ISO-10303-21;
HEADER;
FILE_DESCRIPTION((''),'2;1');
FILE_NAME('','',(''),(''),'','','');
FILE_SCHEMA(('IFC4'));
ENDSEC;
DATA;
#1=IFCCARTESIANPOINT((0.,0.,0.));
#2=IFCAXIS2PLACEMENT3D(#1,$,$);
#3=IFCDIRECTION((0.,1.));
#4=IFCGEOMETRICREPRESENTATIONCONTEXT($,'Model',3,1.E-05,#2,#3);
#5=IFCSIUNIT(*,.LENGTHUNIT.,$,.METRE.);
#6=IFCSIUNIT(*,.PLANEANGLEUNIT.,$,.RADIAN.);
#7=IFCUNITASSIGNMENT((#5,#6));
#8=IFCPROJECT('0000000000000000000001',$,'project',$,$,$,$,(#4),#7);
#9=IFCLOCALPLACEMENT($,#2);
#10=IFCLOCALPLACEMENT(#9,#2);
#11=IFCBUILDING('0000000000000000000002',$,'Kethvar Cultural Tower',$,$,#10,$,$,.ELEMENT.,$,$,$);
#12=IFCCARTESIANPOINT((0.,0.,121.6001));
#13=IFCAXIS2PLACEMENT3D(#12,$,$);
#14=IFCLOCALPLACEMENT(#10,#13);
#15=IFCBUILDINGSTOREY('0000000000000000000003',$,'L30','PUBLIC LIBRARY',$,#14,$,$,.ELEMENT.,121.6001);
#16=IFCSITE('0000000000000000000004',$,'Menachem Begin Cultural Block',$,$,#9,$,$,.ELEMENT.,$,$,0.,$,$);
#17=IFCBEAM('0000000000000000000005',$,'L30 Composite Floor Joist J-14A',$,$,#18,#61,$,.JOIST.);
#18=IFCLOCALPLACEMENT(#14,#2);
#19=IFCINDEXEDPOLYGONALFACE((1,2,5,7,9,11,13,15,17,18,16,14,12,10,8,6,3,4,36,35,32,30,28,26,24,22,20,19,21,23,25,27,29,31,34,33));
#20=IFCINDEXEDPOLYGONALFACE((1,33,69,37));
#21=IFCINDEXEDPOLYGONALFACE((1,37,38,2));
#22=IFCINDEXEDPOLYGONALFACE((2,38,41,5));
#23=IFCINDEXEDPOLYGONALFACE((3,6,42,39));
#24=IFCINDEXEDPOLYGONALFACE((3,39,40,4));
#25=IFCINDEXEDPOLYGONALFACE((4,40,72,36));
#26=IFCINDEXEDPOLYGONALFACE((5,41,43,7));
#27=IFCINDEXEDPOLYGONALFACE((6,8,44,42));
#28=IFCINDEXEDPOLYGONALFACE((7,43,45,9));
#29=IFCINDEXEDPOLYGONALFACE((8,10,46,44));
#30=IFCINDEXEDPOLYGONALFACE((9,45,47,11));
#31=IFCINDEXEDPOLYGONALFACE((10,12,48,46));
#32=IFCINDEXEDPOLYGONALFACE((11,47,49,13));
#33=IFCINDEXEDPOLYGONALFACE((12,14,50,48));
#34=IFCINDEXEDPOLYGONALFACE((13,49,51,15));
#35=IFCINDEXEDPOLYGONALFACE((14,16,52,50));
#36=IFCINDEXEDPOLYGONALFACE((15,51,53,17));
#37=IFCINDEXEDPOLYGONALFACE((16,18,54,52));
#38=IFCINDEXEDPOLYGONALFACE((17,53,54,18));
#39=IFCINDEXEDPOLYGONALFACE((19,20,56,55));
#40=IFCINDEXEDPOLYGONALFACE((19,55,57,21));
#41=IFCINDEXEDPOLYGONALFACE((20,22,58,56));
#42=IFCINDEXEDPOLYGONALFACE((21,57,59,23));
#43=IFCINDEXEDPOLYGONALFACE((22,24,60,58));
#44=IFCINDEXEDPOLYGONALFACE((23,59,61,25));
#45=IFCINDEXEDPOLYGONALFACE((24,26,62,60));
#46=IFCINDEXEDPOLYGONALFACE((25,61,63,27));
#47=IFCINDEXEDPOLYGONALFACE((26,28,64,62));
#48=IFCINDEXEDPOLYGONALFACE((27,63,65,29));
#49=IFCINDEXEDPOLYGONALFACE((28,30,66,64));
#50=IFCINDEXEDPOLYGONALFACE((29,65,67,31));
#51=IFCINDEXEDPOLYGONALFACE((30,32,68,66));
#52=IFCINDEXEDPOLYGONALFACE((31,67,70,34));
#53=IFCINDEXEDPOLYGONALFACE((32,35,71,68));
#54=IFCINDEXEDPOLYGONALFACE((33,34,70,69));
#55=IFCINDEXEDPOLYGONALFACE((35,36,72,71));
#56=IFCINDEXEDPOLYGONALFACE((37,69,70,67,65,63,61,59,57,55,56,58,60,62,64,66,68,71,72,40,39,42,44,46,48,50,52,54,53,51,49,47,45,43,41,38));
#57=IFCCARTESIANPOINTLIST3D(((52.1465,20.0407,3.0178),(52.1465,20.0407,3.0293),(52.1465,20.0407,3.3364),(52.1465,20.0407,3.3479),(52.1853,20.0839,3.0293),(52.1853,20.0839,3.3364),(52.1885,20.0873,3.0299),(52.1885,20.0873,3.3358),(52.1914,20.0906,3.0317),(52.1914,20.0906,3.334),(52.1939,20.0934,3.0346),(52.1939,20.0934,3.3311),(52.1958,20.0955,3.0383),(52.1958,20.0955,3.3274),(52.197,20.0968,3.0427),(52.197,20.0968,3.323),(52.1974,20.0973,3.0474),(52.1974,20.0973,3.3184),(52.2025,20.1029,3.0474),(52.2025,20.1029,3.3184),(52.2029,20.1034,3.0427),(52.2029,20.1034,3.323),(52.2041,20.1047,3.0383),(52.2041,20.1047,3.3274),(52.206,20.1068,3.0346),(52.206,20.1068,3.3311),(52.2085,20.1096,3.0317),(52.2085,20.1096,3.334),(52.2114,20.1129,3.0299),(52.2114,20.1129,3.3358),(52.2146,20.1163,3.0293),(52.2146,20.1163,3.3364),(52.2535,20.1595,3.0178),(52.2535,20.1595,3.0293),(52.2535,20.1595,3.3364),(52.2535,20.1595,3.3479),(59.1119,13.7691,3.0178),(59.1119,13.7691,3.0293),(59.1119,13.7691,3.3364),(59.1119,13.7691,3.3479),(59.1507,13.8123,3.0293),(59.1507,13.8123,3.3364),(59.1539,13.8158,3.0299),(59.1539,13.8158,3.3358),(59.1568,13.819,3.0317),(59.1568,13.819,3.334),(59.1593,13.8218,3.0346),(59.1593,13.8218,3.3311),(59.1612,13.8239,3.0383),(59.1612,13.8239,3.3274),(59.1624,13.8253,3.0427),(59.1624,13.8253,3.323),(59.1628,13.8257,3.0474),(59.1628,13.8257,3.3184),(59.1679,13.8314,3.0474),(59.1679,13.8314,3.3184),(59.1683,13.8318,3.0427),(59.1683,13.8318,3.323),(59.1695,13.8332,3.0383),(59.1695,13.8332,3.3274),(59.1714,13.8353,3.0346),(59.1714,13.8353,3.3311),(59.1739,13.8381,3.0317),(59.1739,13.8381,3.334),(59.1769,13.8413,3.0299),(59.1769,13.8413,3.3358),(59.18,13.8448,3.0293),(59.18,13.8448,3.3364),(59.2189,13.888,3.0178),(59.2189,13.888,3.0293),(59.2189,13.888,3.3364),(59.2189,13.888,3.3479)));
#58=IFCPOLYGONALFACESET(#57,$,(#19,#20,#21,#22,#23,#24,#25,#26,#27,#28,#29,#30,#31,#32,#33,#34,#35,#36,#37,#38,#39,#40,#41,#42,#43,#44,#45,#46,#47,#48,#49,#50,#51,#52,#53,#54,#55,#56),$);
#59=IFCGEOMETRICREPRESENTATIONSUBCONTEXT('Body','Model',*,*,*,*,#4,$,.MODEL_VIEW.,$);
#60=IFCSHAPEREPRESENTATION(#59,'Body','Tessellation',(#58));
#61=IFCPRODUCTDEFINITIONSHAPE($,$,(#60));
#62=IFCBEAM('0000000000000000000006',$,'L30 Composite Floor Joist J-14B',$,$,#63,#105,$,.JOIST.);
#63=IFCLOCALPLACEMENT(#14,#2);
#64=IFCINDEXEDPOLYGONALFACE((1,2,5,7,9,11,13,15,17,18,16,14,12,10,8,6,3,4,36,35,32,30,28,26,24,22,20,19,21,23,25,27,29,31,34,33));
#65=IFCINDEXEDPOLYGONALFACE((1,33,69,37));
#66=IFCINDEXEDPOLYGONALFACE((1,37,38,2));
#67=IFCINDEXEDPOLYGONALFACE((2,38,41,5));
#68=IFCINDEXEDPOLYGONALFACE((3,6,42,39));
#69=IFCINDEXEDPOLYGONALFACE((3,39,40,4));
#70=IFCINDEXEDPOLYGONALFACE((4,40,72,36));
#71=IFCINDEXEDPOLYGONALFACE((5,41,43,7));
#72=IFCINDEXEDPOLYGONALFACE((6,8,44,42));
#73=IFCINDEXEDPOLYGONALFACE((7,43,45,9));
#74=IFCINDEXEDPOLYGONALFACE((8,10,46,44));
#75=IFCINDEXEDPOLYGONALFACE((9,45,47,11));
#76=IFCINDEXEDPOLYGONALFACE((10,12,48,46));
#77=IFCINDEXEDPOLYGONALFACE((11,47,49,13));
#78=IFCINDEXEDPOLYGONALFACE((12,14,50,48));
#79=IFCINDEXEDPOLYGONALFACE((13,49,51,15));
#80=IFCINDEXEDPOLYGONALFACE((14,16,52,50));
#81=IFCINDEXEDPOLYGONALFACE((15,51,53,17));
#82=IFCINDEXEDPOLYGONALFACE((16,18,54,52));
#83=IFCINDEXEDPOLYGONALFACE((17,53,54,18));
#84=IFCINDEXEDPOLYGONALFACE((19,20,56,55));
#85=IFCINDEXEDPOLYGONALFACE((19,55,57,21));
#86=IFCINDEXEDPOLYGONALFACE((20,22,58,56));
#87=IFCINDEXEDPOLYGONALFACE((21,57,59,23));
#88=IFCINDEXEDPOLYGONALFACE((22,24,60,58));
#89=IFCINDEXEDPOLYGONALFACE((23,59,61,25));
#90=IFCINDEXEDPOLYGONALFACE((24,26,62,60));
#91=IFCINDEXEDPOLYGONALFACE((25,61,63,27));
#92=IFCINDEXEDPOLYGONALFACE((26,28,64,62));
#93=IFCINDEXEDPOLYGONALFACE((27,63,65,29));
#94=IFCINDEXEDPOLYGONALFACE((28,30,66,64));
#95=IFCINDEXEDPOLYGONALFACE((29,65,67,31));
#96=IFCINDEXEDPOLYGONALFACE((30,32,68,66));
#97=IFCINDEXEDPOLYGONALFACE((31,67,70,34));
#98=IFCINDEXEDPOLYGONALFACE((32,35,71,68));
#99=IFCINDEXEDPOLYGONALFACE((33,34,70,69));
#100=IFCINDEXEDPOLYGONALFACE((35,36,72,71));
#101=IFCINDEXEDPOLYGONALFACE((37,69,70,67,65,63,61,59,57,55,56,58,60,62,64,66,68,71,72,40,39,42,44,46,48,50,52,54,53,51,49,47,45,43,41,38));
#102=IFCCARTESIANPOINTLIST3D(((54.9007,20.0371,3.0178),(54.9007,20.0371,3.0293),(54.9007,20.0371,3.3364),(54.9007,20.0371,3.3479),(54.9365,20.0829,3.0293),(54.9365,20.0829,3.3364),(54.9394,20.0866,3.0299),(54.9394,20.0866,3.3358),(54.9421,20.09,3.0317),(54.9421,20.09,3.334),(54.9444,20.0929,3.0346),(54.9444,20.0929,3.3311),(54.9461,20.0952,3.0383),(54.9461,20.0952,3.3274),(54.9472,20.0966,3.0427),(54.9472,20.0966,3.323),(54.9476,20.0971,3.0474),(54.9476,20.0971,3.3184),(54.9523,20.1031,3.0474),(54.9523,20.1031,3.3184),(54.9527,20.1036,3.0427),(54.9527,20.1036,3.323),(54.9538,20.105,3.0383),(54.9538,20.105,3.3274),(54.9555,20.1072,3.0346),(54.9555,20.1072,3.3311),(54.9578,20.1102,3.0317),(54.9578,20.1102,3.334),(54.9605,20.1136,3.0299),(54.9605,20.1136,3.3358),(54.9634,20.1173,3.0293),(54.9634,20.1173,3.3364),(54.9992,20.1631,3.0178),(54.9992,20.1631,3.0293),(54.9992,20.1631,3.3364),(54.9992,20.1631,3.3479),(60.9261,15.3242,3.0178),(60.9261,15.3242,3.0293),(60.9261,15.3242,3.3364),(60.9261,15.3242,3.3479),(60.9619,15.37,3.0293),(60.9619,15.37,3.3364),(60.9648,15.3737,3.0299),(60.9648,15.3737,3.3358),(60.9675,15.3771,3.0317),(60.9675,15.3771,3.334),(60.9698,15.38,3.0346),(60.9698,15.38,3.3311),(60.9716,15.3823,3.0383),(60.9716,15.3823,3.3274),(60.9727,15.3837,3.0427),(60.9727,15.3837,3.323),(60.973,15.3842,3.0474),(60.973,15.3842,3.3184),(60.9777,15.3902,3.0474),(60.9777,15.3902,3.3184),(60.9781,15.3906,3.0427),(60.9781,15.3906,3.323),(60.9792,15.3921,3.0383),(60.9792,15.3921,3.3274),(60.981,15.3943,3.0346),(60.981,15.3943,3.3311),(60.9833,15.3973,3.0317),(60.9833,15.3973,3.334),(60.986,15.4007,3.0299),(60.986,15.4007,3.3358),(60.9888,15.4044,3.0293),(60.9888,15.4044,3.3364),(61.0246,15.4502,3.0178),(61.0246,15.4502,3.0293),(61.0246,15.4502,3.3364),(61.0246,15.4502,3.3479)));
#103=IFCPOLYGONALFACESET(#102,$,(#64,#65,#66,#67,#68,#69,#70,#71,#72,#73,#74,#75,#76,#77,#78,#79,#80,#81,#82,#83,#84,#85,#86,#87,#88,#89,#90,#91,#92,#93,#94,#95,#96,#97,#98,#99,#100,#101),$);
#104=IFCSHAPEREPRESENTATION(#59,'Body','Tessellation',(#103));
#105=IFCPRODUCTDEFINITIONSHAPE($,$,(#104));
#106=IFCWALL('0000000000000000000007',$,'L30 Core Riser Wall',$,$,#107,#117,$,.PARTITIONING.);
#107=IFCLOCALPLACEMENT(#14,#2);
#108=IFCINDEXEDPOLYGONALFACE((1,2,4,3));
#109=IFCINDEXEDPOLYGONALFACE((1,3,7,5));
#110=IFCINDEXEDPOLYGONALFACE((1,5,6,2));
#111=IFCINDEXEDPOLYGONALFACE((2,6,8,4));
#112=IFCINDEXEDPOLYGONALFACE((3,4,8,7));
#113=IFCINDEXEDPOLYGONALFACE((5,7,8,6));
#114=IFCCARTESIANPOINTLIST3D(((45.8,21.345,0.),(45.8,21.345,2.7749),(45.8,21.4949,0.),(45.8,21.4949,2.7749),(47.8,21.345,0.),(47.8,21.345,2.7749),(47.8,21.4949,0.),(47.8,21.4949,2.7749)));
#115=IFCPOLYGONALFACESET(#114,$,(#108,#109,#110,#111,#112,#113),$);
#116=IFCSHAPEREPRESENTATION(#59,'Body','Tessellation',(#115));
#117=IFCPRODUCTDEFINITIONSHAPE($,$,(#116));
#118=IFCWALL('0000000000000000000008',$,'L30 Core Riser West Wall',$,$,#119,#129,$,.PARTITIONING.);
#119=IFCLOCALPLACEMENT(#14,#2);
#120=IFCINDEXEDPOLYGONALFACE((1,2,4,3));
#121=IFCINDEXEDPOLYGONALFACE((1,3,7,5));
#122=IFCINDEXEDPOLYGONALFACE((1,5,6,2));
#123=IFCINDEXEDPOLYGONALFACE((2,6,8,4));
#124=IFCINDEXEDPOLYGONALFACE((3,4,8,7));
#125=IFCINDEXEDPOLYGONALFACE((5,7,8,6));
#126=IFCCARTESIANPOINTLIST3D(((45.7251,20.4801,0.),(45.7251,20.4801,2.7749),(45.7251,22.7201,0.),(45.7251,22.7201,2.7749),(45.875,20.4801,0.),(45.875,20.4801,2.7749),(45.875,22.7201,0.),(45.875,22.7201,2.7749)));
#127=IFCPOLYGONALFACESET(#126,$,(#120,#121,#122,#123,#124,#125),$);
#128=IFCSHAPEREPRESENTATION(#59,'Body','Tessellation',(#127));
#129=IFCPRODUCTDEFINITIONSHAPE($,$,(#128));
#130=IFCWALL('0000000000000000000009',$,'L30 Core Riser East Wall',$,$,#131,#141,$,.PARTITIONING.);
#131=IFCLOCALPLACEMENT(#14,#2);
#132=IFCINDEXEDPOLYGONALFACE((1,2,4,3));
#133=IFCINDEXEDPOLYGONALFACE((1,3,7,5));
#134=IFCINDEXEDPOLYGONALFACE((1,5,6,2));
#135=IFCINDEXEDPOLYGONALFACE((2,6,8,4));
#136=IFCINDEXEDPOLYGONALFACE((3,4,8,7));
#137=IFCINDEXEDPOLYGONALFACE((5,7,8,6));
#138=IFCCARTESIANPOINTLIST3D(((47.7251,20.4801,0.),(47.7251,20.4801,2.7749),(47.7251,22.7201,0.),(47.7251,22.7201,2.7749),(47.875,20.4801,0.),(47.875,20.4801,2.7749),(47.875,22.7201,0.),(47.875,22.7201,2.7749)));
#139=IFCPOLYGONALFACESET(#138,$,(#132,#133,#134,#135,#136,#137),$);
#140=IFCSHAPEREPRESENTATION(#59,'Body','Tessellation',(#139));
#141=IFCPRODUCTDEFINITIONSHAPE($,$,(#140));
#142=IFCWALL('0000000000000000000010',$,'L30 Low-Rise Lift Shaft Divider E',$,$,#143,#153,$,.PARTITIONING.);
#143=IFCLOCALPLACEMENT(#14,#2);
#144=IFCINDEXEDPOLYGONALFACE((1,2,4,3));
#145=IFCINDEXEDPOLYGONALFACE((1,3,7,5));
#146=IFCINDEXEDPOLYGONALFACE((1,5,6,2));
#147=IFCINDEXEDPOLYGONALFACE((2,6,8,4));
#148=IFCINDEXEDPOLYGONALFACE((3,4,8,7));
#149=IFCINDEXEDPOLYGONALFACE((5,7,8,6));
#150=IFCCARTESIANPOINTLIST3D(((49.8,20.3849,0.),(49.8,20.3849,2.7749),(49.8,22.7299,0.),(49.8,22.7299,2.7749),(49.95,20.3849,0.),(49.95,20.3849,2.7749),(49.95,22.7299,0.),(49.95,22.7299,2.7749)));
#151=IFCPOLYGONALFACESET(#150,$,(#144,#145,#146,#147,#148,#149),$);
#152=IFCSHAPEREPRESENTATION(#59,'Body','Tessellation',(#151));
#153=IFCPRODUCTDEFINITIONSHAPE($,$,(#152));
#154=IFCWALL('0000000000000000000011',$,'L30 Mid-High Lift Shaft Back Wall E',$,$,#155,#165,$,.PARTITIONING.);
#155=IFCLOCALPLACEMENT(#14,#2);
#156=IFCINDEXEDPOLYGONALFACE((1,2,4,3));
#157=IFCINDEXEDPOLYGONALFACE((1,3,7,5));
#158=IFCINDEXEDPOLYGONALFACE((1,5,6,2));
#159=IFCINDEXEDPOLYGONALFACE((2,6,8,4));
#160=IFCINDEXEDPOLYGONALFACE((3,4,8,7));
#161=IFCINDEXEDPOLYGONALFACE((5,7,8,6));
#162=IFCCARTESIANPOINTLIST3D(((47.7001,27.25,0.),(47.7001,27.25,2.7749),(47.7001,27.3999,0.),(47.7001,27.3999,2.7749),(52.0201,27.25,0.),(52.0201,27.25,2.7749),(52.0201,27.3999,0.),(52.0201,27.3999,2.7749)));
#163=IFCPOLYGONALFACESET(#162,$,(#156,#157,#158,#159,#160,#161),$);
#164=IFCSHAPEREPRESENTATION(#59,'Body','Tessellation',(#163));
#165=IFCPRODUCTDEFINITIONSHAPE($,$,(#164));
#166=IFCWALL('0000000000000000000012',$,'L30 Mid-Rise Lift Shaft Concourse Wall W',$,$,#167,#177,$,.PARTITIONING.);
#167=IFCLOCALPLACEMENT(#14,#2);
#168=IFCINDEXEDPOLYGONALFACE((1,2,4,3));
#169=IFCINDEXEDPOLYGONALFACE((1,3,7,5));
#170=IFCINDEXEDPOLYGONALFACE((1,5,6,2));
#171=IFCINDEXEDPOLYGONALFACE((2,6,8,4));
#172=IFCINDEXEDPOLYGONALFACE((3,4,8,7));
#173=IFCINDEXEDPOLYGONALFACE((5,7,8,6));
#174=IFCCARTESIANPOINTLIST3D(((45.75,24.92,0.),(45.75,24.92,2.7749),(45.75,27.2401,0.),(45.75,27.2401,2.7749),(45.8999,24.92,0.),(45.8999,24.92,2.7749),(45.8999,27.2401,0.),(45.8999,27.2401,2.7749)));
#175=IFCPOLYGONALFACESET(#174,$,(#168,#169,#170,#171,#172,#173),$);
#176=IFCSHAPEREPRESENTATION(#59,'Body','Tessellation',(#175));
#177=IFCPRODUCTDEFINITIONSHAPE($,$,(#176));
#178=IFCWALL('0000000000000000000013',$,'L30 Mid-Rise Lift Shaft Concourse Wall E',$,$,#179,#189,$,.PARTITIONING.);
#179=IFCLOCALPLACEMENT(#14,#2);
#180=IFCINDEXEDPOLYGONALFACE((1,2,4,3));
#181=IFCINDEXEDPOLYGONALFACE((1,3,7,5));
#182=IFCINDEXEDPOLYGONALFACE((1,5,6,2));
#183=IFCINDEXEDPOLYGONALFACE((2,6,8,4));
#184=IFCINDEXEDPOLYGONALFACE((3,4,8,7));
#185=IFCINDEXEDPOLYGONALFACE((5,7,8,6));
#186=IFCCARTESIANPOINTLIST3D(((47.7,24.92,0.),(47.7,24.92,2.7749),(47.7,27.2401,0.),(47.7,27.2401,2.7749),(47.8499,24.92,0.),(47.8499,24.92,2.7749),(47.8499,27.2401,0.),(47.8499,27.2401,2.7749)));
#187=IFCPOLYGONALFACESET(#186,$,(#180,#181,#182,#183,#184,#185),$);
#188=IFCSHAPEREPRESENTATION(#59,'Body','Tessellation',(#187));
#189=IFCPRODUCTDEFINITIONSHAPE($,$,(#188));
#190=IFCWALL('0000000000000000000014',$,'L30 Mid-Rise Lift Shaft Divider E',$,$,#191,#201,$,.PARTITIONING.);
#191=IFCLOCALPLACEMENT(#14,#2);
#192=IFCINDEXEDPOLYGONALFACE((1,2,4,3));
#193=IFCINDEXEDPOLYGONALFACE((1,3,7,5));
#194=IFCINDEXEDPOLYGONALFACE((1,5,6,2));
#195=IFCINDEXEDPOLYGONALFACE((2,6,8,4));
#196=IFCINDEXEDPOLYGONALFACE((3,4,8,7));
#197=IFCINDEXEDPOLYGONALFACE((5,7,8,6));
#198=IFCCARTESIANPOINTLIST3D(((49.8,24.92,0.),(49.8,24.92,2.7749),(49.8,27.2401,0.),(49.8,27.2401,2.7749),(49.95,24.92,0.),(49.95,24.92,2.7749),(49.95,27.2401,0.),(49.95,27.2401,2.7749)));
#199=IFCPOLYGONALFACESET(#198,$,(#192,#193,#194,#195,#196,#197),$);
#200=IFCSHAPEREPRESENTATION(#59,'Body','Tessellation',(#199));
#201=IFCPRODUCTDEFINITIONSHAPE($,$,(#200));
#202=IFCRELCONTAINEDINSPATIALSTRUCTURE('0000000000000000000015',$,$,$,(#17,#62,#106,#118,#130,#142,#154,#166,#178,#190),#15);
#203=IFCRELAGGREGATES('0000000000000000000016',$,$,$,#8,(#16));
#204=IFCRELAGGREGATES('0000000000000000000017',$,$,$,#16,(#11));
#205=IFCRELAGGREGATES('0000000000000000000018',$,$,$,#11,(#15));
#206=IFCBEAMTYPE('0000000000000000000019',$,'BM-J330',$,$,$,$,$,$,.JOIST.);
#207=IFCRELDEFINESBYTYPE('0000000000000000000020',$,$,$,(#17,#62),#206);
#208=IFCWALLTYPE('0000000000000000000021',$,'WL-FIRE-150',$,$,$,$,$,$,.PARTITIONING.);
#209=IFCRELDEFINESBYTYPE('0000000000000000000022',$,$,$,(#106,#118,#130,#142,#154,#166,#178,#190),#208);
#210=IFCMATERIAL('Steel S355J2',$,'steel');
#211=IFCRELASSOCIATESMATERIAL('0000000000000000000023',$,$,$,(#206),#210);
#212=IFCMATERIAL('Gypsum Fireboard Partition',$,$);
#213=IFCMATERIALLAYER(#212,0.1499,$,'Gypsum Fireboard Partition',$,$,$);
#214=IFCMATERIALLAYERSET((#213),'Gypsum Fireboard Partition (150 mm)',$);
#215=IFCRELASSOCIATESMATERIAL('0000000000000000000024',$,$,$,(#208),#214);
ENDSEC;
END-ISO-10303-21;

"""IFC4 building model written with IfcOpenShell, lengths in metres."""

from ifc_helpers import new_model, si_unit, direction, frame, frame_2d, origin, origin_2d, place, context, subcontext, project, spatial, rectangle, i_section, extrude, source, transform, mapped, material, layer, layer_set, material_profile, profile_set, type_object, element, save


model = new_model("IFC4")

# Units and contexts
model_context = context("Model", 3, precision=1e-05, world=origin(), true_north=direction((0.0, 1.0)))
body_context = subcontext(model_context, "Body", "Model", "MODEL_VIEW")
ifc_project = project(units=[si_unit("LENGTHUNIT", "METRE"), si_unit("PLANEANGLEUNIT", "RADIAN")], contexts=[model_context])

# Site, building, storey
site_placement = place(None, origin())
site = spatial("IfcSite", under=ifc_project, at=site_placement, Name="Menachem Begin Cultural Block", CompositionType="ELEMENT", RefElevation=0.0)
building_placement = place(site_placement, origin())
building = spatial("IfcBuilding", under=site, at=building_placement, Name="Kethvar Cultural Tower", CompositionType="ELEMENT")
storey_placement = place(building_placement, frame((0.0, 0.0, 121.6001)))
storey = spatial("IfcBuildingStorey", under=building, at=storey_placement, Name="L30", Description="PUBLIC LIBRARY", CompositionType="ELEMENT", Elevation=121.6001)

# Beams
ifc_material_1 = material(Name="Steel S355J2", Category="steel")
ifc_material_profile = material_profile(ifc_material_1, i_section(OverallWidth=0.1599, OverallDepth=0.3301, WebThickness=0.0076, FlangeThickness=0.0115, FilletRadius=0.0181, at=origin_2d()), Name="Steel S355J2 — IPE330")
ifc_profile_set = profile_set([ifc_material_profile], Name="Steel S355J2 — IPE330")
beam_type = type_object("IfcBeamType", Name="BM-J330", PredefinedType="JOIST", material=ifc_profile_set)
shared_shape_1 = source(origin(), body_context, "Body", "SweptSolid", [
    extrude(i_section(OverallWidth=0.1599, OverallDepth=0.3301, WebThickness=0.0076, FlangeThickness=0.0115, FilletRadius=0.0181, at=origin_2d()), origin(), (0.0, 0.0, 1.0), 9.3728),
])
beam_1_placement = place(storey_placement, frame((52.2, 20.1001, 3.1829), z_axis=(0.743152, -0.669123, 0.0), x_axis=(0.669123, 0.743152, 0.0)))
element("IfcBeam", 1, at=beam_1_placement, inside=storey, type_object=beam_type, Name="L30 Composite Floor Joist J-14A", PredefinedType="JOIST", context=body_context, shape_type="MappedRepresentation", body=[
    mapped(shared_shape_1, transform((0.0, 0.0, 0.0), scale=1.0)),
])
shared_shape_2 = source(origin(), body_context, "Body", "SweptSolid", [
    extrude(i_section(OverallWidth=0.1599, OverallDepth=0.3301, WebThickness=0.0076, FlangeThickness=0.0115, FilletRadius=0.0181, at=origin_2d()), origin(), (0.0, 0.0, 1.0), 7.6497),
])
beam_2_placement = place(storey_placement, frame((54.95, 20.1001, 3.1829), z_axis=(0.787672, -0.616095, 0.0), x_axis=(0.616095, 0.787672, 0.0)))
element("IfcBeam", 2, at=beam_2_placement, inside=storey, type_object=beam_type, Name="L30 Composite Floor Joist J-14B", PredefinedType="JOIST", context=body_context, shape_type="MappedRepresentation", body=[
    mapped(shared_shape_2, transform((0.0, 0.0, 0.0), scale=1.0)),
])

# Walls
ifc_material_2 = material(Name="Gypsum Fireboard Partition")
ifc_layer_1 = layer(ifc_material_2, 0.1499, Name="Gypsum Fireboard Partition")
ifc_layer_set_1 = layer_set([ifc_layer_1], Name="Gypsum Fireboard Partition (150 mm)")
wall_type_1 = type_object("IfcWallType", Name="WL-FIRE-150", PredefinedType="PARTITIONING", material=ifc_layer_set_1)
wall_1_placement = place(storey_placement, frame((45.8, 21.4199, 0.0), z_axis=(0.0, 0.0, 1.0), x_axis=(1.0, 0.0, 0.0)))
element("IfcWall", 3, at=wall_1_placement, inside=storey, type_object=wall_type_1, Name="L30 Core Riser Wall", PredefinedType="PARTITIONING", context=body_context, shape_type="SweptSolid", body=[
    extrude(rectangle(XDim=2.0, YDim=0.1499, at=frame_2d((1.0, 0.0))), origin(), (0.0, 0.0, 1.0), 2.7749),
])
for number, where, z_axis, x_axis, name in (
    (4, (45.8, 20.48, 0.0), (0.0, 0.0, 1.0), (0.0, 1.0, 0.0), "L30 Core Riser West Wall"),
    (5, (47.8, 20.48, 0.0), (0.0, 0.0, 1.0), (0.0, 1.0, 0.0), "L30 Core Riser East Wall"),
):
    element("IfcWall", number, at=place(storey_placement, frame(where, z_axis=z_axis, x_axis=x_axis)), inside=storey, type_object=wall_type_1, Name=name, PredefinedType="PARTITIONING", context=body_context, shape_type="SweptSolid", body=[
        extrude(rectangle(XDim=2.24, YDim=0.1499, at=frame_2d((1.1201, 0.0))), origin(), (0.0, 0.0, 1.0), 2.7749),
    ])
wall_2_placement = place(storey_placement, frame((49.875, 20.385, 0.0), z_axis=(0.0, 0.0, 1.0), x_axis=(0.0, 1.0, 0.0)))
element("IfcWall", 6, at=wall_2_placement, inside=storey, type_object=wall_type_1, Name="L30 Low-Rise Lift Shaft Divider E", PredefinedType="PARTITIONING", context=body_context, shape_type="SweptSolid", body=[
    extrude(rectangle(XDim=2.345, YDim=0.1499, at=frame_2d((1.1724, 0.0))), origin(), (0.0, 0.0, 1.0), 2.7749),
])
wall_3_placement = place(storey_placement, frame((47.7, 27.325, 0.0), z_axis=(0.0, 0.0, 1.0), x_axis=(1.0, 0.0, 0.0)))
element("IfcWall", 7, at=wall_3_placement, inside=storey, type_object=wall_type_1, Name="L30 Mid-High Lift Shaft Back Wall E", PredefinedType="PARTITIONING", context=body_context, shape_type="SweptSolid", body=[
    extrude(rectangle(XDim=4.3201, YDim=0.1499, at=frame_2d((2.1602, 0.0))), origin(), (0.0, 0.0, 1.0), 2.7749),
])
for number, where, z_axis, x_axis, name in (
    (8, (45.825, 24.9199, 0.0), (0.0, 0.0, 1.0), (0.0, 1.0, 0.0), "L30 Mid-Rise Lift Shaft Concourse Wall W"),
    (9, (47.7749, 24.9199, 0.0), (0.0, 0.0, 1.0), (0.0, 1.0, 0.0), "L30 Mid-Rise Lift Shaft Concourse Wall E"),
    (10, (49.875, 24.9199, 0.0), (0.0, 0.0, 1.0), (0.0, 1.0, 0.0), "L30 Mid-Rise Lift Shaft Divider E"),
):
    element("IfcWall", number, at=place(storey_placement, frame(where, z_axis=z_axis, x_axis=x_axis)), inside=storey, type_object=wall_type_1, Name=name, PredefinedType="PARTITIONING", context=body_context, shape_type="SweptSolid", body=[
        extrude(rectangle(XDim=2.3201, YDim=0.1499, at=frame_2d((1.1602, 0.0))), origin(), (0.0, 0.0, 1.0), 2.7749),
    ])

save(model, "model.ifc")
